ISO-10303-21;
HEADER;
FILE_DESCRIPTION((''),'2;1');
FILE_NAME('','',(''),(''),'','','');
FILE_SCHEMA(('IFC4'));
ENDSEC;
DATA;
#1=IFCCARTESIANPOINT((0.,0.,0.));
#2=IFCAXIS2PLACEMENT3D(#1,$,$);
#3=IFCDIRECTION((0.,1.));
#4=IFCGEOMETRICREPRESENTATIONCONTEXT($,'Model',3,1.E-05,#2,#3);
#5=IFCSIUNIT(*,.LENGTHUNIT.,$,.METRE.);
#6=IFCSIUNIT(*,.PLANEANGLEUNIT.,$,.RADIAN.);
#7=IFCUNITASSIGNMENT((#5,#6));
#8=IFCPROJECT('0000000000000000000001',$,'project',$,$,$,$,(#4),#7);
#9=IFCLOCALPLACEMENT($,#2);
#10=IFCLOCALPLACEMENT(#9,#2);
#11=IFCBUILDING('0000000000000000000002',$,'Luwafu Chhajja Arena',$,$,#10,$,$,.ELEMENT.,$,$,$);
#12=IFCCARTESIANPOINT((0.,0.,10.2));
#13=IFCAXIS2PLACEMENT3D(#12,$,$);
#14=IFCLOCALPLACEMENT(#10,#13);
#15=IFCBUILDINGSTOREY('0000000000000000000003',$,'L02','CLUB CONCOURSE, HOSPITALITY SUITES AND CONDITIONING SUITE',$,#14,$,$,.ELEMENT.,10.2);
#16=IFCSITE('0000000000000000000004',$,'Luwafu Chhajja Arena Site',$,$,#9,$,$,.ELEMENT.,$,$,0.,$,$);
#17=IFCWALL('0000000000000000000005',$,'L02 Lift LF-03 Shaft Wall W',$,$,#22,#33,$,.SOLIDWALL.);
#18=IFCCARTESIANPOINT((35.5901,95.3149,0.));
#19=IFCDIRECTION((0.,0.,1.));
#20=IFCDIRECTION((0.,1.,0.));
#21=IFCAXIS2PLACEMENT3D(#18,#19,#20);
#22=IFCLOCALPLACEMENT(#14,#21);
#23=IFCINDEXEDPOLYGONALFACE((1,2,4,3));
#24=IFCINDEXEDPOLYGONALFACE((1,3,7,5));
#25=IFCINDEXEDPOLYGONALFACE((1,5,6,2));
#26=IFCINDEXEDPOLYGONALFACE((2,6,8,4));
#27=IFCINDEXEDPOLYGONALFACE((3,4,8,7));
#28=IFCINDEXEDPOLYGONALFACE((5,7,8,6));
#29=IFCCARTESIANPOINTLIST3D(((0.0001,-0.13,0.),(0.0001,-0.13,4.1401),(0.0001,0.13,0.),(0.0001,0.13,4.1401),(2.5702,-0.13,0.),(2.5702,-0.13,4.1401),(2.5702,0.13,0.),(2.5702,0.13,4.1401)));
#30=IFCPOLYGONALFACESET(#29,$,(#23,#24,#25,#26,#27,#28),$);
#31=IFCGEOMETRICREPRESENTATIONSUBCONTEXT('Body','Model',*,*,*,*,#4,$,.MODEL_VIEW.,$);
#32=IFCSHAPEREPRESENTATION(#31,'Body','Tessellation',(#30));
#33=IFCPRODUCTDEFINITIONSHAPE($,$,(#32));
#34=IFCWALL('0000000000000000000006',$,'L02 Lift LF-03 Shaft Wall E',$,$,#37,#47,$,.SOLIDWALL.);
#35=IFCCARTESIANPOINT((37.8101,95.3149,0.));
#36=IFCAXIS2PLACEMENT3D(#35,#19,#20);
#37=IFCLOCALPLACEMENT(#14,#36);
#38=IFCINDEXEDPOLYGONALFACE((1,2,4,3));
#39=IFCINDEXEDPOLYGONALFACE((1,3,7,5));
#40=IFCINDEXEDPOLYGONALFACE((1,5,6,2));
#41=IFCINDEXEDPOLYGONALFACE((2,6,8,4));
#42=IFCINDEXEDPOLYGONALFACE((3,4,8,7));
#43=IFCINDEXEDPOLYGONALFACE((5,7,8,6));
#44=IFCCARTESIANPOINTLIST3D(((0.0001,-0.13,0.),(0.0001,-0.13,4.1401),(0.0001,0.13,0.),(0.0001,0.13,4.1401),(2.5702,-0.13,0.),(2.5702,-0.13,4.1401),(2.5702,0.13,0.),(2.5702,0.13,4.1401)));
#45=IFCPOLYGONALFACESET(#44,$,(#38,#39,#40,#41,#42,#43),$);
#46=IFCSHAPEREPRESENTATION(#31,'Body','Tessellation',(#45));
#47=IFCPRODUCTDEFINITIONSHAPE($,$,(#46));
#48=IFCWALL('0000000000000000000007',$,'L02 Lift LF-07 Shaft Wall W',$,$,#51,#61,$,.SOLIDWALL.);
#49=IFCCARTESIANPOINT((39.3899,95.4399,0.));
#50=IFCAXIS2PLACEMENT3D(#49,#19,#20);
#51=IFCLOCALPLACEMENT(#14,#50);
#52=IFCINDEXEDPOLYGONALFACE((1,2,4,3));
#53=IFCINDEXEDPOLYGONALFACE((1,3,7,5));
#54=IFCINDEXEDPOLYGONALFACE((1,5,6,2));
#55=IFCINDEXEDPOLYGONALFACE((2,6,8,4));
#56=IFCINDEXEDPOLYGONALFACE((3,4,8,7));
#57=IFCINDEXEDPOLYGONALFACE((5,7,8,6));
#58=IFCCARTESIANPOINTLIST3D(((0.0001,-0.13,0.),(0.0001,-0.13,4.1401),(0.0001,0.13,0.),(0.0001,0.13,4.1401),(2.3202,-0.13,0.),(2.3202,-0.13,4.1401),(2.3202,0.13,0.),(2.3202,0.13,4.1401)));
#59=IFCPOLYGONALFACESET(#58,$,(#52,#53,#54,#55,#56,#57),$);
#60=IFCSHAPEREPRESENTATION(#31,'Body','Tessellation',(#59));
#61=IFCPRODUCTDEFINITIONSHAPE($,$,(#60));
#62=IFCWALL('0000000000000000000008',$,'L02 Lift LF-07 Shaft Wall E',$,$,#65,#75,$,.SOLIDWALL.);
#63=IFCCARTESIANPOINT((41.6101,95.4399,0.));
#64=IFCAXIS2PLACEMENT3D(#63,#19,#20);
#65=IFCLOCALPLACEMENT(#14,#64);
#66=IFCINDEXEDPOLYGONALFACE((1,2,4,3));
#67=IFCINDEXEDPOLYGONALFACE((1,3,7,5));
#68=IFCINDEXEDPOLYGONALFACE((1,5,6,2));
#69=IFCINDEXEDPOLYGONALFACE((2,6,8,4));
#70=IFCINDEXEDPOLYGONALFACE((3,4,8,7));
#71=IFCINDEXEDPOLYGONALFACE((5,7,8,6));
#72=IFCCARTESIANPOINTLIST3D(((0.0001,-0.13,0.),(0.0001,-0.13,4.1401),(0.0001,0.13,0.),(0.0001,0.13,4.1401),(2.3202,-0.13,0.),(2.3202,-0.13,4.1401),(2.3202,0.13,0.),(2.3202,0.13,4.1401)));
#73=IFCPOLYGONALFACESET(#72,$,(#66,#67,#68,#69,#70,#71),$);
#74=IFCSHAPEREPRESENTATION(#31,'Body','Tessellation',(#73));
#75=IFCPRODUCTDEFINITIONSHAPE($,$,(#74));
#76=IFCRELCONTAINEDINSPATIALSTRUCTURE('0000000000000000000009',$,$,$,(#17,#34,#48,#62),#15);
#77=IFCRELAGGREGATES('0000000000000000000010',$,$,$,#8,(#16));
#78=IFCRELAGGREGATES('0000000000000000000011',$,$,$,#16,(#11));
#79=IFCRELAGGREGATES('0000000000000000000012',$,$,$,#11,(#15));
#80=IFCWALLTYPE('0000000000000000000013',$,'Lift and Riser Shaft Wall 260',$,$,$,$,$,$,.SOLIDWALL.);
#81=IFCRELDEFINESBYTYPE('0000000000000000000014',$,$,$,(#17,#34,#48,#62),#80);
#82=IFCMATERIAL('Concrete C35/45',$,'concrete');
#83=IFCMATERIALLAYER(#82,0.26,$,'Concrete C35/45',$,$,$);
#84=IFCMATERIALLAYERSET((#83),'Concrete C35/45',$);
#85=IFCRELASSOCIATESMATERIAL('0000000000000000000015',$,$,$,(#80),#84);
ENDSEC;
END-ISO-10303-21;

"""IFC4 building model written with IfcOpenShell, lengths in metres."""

from ifc_helpers import new_model, si_unit, direction, frame, frame_2d, origin, place, context, subcontext, project, spatial, rectangle, extrude, material, layer, layer_set, type_object, element, save


model = new_model("IFC4")

# Units and contexts
model_context = context("Model", 3, precision=1e-05, world=origin(), true_north=direction((0.0, 1.0)))
body_context = subcontext(model_context, "Body", "Model", "MODEL_VIEW")
ifc_project = project(units=[si_unit("LENGTHUNIT", "METRE"), si_unit("PLANEANGLEUNIT", "RADIAN")], contexts=[model_context])

# Site, building, storey
site_placement = place(None, origin())
site = spatial("IfcSite", under=ifc_project, at=site_placement, Name="Luwafu Chhajja Arena Site", CompositionType="ELEMENT", RefElevation=0.0)
building_placement = place(site_placement, origin())
building = spatial("IfcBuilding", under=site, at=building_placement, Name="Luwafu Chhajja Arena", CompositionType="ELEMENT")
storey_placement = place(building_placement, frame((0.0, 0.0, 10.2)))
storey = spatial("IfcBuildingStorey", under=building, at=storey_placement, Name="L02", Description="CLUB CONCOURSE, HOSPITALITY SUITES AND CONDITIONING SUITE", CompositionType="ELEMENT", Elevation=10.2)

# Shared definitions
ifc_material_1 = material(Name="Concrete C35/45", Category="concrete")

# Shared definitions
ifc_layer_1 = layer(ifc_material_1, 0.26, Name="Concrete C35/45")
ifc_layer_set_1 = layer_set([ifc_layer_1], Name="Concrete C35/45")
wall_type_1 = type_object("IfcWallType", Name="Lift and Riser Shaft Wall 260", PredefinedType="SOLIDWALL", material=ifc_layer_set_1)

# Walls
for number, where, z_axis, x_axis, name in (
    (1, (35.5901, 95.3149, 0.0), (0.0, 0.0, 1.0), (0.0, 1.0, 0.0), "L02 Lift LF-03 Shaft Wall W"),
    (2, (37.8101, 95.3149, 0.0), (0.0, 0.0, 1.0), (0.0, 1.0, 0.0), "L02 Lift LF-03 Shaft Wall E"),
):
    element("IfcWall", number, at=place(storey_placement, frame(where, z_axis=z_axis, x_axis=x_axis)), inside=storey, type_object=wall_type_1, Name=name, PredefinedType="SOLIDWALL", context=body_context, shape_type="SweptSolid", body=[
        extrude(rectangle(XDim=2.5701, YDim=0.26, at=frame_2d((1.2852, 0.0))), origin(), (0.0, 0.0, 1.0), 4.1401),
    ])

# Walls
for number, where, z_axis, x_axis, name in (
    (3, (39.3899, 95.4399, 0.0), (0.0, 0.0, 1.0), (0.0, 1.0, 0.0), "L02 Lift LF-07 Shaft Wall W"),
    (4, (41.6101, 95.4399, 0.0), (0.0, 0.0, 1.0), (0.0, 1.0, 0.0), "L02 Lift LF-07 Shaft Wall E"),
):
    element("IfcWall", number, at=place(storey_placement, frame(where, z_axis=z_axis, x_axis=x_axis)), inside=storey, type_object=wall_type_1, Name=name, PredefinedType="SOLIDWALL", context=body_context, shape_type="SweptSolid", body=[
        extrude(rectangle(XDim=2.3201, YDim=0.26, at=frame_2d((1.1602, 0.0))), origin(), (0.0, 0.0, 1.0), 4.1401),
    ])

save(model, "model.ifc")
